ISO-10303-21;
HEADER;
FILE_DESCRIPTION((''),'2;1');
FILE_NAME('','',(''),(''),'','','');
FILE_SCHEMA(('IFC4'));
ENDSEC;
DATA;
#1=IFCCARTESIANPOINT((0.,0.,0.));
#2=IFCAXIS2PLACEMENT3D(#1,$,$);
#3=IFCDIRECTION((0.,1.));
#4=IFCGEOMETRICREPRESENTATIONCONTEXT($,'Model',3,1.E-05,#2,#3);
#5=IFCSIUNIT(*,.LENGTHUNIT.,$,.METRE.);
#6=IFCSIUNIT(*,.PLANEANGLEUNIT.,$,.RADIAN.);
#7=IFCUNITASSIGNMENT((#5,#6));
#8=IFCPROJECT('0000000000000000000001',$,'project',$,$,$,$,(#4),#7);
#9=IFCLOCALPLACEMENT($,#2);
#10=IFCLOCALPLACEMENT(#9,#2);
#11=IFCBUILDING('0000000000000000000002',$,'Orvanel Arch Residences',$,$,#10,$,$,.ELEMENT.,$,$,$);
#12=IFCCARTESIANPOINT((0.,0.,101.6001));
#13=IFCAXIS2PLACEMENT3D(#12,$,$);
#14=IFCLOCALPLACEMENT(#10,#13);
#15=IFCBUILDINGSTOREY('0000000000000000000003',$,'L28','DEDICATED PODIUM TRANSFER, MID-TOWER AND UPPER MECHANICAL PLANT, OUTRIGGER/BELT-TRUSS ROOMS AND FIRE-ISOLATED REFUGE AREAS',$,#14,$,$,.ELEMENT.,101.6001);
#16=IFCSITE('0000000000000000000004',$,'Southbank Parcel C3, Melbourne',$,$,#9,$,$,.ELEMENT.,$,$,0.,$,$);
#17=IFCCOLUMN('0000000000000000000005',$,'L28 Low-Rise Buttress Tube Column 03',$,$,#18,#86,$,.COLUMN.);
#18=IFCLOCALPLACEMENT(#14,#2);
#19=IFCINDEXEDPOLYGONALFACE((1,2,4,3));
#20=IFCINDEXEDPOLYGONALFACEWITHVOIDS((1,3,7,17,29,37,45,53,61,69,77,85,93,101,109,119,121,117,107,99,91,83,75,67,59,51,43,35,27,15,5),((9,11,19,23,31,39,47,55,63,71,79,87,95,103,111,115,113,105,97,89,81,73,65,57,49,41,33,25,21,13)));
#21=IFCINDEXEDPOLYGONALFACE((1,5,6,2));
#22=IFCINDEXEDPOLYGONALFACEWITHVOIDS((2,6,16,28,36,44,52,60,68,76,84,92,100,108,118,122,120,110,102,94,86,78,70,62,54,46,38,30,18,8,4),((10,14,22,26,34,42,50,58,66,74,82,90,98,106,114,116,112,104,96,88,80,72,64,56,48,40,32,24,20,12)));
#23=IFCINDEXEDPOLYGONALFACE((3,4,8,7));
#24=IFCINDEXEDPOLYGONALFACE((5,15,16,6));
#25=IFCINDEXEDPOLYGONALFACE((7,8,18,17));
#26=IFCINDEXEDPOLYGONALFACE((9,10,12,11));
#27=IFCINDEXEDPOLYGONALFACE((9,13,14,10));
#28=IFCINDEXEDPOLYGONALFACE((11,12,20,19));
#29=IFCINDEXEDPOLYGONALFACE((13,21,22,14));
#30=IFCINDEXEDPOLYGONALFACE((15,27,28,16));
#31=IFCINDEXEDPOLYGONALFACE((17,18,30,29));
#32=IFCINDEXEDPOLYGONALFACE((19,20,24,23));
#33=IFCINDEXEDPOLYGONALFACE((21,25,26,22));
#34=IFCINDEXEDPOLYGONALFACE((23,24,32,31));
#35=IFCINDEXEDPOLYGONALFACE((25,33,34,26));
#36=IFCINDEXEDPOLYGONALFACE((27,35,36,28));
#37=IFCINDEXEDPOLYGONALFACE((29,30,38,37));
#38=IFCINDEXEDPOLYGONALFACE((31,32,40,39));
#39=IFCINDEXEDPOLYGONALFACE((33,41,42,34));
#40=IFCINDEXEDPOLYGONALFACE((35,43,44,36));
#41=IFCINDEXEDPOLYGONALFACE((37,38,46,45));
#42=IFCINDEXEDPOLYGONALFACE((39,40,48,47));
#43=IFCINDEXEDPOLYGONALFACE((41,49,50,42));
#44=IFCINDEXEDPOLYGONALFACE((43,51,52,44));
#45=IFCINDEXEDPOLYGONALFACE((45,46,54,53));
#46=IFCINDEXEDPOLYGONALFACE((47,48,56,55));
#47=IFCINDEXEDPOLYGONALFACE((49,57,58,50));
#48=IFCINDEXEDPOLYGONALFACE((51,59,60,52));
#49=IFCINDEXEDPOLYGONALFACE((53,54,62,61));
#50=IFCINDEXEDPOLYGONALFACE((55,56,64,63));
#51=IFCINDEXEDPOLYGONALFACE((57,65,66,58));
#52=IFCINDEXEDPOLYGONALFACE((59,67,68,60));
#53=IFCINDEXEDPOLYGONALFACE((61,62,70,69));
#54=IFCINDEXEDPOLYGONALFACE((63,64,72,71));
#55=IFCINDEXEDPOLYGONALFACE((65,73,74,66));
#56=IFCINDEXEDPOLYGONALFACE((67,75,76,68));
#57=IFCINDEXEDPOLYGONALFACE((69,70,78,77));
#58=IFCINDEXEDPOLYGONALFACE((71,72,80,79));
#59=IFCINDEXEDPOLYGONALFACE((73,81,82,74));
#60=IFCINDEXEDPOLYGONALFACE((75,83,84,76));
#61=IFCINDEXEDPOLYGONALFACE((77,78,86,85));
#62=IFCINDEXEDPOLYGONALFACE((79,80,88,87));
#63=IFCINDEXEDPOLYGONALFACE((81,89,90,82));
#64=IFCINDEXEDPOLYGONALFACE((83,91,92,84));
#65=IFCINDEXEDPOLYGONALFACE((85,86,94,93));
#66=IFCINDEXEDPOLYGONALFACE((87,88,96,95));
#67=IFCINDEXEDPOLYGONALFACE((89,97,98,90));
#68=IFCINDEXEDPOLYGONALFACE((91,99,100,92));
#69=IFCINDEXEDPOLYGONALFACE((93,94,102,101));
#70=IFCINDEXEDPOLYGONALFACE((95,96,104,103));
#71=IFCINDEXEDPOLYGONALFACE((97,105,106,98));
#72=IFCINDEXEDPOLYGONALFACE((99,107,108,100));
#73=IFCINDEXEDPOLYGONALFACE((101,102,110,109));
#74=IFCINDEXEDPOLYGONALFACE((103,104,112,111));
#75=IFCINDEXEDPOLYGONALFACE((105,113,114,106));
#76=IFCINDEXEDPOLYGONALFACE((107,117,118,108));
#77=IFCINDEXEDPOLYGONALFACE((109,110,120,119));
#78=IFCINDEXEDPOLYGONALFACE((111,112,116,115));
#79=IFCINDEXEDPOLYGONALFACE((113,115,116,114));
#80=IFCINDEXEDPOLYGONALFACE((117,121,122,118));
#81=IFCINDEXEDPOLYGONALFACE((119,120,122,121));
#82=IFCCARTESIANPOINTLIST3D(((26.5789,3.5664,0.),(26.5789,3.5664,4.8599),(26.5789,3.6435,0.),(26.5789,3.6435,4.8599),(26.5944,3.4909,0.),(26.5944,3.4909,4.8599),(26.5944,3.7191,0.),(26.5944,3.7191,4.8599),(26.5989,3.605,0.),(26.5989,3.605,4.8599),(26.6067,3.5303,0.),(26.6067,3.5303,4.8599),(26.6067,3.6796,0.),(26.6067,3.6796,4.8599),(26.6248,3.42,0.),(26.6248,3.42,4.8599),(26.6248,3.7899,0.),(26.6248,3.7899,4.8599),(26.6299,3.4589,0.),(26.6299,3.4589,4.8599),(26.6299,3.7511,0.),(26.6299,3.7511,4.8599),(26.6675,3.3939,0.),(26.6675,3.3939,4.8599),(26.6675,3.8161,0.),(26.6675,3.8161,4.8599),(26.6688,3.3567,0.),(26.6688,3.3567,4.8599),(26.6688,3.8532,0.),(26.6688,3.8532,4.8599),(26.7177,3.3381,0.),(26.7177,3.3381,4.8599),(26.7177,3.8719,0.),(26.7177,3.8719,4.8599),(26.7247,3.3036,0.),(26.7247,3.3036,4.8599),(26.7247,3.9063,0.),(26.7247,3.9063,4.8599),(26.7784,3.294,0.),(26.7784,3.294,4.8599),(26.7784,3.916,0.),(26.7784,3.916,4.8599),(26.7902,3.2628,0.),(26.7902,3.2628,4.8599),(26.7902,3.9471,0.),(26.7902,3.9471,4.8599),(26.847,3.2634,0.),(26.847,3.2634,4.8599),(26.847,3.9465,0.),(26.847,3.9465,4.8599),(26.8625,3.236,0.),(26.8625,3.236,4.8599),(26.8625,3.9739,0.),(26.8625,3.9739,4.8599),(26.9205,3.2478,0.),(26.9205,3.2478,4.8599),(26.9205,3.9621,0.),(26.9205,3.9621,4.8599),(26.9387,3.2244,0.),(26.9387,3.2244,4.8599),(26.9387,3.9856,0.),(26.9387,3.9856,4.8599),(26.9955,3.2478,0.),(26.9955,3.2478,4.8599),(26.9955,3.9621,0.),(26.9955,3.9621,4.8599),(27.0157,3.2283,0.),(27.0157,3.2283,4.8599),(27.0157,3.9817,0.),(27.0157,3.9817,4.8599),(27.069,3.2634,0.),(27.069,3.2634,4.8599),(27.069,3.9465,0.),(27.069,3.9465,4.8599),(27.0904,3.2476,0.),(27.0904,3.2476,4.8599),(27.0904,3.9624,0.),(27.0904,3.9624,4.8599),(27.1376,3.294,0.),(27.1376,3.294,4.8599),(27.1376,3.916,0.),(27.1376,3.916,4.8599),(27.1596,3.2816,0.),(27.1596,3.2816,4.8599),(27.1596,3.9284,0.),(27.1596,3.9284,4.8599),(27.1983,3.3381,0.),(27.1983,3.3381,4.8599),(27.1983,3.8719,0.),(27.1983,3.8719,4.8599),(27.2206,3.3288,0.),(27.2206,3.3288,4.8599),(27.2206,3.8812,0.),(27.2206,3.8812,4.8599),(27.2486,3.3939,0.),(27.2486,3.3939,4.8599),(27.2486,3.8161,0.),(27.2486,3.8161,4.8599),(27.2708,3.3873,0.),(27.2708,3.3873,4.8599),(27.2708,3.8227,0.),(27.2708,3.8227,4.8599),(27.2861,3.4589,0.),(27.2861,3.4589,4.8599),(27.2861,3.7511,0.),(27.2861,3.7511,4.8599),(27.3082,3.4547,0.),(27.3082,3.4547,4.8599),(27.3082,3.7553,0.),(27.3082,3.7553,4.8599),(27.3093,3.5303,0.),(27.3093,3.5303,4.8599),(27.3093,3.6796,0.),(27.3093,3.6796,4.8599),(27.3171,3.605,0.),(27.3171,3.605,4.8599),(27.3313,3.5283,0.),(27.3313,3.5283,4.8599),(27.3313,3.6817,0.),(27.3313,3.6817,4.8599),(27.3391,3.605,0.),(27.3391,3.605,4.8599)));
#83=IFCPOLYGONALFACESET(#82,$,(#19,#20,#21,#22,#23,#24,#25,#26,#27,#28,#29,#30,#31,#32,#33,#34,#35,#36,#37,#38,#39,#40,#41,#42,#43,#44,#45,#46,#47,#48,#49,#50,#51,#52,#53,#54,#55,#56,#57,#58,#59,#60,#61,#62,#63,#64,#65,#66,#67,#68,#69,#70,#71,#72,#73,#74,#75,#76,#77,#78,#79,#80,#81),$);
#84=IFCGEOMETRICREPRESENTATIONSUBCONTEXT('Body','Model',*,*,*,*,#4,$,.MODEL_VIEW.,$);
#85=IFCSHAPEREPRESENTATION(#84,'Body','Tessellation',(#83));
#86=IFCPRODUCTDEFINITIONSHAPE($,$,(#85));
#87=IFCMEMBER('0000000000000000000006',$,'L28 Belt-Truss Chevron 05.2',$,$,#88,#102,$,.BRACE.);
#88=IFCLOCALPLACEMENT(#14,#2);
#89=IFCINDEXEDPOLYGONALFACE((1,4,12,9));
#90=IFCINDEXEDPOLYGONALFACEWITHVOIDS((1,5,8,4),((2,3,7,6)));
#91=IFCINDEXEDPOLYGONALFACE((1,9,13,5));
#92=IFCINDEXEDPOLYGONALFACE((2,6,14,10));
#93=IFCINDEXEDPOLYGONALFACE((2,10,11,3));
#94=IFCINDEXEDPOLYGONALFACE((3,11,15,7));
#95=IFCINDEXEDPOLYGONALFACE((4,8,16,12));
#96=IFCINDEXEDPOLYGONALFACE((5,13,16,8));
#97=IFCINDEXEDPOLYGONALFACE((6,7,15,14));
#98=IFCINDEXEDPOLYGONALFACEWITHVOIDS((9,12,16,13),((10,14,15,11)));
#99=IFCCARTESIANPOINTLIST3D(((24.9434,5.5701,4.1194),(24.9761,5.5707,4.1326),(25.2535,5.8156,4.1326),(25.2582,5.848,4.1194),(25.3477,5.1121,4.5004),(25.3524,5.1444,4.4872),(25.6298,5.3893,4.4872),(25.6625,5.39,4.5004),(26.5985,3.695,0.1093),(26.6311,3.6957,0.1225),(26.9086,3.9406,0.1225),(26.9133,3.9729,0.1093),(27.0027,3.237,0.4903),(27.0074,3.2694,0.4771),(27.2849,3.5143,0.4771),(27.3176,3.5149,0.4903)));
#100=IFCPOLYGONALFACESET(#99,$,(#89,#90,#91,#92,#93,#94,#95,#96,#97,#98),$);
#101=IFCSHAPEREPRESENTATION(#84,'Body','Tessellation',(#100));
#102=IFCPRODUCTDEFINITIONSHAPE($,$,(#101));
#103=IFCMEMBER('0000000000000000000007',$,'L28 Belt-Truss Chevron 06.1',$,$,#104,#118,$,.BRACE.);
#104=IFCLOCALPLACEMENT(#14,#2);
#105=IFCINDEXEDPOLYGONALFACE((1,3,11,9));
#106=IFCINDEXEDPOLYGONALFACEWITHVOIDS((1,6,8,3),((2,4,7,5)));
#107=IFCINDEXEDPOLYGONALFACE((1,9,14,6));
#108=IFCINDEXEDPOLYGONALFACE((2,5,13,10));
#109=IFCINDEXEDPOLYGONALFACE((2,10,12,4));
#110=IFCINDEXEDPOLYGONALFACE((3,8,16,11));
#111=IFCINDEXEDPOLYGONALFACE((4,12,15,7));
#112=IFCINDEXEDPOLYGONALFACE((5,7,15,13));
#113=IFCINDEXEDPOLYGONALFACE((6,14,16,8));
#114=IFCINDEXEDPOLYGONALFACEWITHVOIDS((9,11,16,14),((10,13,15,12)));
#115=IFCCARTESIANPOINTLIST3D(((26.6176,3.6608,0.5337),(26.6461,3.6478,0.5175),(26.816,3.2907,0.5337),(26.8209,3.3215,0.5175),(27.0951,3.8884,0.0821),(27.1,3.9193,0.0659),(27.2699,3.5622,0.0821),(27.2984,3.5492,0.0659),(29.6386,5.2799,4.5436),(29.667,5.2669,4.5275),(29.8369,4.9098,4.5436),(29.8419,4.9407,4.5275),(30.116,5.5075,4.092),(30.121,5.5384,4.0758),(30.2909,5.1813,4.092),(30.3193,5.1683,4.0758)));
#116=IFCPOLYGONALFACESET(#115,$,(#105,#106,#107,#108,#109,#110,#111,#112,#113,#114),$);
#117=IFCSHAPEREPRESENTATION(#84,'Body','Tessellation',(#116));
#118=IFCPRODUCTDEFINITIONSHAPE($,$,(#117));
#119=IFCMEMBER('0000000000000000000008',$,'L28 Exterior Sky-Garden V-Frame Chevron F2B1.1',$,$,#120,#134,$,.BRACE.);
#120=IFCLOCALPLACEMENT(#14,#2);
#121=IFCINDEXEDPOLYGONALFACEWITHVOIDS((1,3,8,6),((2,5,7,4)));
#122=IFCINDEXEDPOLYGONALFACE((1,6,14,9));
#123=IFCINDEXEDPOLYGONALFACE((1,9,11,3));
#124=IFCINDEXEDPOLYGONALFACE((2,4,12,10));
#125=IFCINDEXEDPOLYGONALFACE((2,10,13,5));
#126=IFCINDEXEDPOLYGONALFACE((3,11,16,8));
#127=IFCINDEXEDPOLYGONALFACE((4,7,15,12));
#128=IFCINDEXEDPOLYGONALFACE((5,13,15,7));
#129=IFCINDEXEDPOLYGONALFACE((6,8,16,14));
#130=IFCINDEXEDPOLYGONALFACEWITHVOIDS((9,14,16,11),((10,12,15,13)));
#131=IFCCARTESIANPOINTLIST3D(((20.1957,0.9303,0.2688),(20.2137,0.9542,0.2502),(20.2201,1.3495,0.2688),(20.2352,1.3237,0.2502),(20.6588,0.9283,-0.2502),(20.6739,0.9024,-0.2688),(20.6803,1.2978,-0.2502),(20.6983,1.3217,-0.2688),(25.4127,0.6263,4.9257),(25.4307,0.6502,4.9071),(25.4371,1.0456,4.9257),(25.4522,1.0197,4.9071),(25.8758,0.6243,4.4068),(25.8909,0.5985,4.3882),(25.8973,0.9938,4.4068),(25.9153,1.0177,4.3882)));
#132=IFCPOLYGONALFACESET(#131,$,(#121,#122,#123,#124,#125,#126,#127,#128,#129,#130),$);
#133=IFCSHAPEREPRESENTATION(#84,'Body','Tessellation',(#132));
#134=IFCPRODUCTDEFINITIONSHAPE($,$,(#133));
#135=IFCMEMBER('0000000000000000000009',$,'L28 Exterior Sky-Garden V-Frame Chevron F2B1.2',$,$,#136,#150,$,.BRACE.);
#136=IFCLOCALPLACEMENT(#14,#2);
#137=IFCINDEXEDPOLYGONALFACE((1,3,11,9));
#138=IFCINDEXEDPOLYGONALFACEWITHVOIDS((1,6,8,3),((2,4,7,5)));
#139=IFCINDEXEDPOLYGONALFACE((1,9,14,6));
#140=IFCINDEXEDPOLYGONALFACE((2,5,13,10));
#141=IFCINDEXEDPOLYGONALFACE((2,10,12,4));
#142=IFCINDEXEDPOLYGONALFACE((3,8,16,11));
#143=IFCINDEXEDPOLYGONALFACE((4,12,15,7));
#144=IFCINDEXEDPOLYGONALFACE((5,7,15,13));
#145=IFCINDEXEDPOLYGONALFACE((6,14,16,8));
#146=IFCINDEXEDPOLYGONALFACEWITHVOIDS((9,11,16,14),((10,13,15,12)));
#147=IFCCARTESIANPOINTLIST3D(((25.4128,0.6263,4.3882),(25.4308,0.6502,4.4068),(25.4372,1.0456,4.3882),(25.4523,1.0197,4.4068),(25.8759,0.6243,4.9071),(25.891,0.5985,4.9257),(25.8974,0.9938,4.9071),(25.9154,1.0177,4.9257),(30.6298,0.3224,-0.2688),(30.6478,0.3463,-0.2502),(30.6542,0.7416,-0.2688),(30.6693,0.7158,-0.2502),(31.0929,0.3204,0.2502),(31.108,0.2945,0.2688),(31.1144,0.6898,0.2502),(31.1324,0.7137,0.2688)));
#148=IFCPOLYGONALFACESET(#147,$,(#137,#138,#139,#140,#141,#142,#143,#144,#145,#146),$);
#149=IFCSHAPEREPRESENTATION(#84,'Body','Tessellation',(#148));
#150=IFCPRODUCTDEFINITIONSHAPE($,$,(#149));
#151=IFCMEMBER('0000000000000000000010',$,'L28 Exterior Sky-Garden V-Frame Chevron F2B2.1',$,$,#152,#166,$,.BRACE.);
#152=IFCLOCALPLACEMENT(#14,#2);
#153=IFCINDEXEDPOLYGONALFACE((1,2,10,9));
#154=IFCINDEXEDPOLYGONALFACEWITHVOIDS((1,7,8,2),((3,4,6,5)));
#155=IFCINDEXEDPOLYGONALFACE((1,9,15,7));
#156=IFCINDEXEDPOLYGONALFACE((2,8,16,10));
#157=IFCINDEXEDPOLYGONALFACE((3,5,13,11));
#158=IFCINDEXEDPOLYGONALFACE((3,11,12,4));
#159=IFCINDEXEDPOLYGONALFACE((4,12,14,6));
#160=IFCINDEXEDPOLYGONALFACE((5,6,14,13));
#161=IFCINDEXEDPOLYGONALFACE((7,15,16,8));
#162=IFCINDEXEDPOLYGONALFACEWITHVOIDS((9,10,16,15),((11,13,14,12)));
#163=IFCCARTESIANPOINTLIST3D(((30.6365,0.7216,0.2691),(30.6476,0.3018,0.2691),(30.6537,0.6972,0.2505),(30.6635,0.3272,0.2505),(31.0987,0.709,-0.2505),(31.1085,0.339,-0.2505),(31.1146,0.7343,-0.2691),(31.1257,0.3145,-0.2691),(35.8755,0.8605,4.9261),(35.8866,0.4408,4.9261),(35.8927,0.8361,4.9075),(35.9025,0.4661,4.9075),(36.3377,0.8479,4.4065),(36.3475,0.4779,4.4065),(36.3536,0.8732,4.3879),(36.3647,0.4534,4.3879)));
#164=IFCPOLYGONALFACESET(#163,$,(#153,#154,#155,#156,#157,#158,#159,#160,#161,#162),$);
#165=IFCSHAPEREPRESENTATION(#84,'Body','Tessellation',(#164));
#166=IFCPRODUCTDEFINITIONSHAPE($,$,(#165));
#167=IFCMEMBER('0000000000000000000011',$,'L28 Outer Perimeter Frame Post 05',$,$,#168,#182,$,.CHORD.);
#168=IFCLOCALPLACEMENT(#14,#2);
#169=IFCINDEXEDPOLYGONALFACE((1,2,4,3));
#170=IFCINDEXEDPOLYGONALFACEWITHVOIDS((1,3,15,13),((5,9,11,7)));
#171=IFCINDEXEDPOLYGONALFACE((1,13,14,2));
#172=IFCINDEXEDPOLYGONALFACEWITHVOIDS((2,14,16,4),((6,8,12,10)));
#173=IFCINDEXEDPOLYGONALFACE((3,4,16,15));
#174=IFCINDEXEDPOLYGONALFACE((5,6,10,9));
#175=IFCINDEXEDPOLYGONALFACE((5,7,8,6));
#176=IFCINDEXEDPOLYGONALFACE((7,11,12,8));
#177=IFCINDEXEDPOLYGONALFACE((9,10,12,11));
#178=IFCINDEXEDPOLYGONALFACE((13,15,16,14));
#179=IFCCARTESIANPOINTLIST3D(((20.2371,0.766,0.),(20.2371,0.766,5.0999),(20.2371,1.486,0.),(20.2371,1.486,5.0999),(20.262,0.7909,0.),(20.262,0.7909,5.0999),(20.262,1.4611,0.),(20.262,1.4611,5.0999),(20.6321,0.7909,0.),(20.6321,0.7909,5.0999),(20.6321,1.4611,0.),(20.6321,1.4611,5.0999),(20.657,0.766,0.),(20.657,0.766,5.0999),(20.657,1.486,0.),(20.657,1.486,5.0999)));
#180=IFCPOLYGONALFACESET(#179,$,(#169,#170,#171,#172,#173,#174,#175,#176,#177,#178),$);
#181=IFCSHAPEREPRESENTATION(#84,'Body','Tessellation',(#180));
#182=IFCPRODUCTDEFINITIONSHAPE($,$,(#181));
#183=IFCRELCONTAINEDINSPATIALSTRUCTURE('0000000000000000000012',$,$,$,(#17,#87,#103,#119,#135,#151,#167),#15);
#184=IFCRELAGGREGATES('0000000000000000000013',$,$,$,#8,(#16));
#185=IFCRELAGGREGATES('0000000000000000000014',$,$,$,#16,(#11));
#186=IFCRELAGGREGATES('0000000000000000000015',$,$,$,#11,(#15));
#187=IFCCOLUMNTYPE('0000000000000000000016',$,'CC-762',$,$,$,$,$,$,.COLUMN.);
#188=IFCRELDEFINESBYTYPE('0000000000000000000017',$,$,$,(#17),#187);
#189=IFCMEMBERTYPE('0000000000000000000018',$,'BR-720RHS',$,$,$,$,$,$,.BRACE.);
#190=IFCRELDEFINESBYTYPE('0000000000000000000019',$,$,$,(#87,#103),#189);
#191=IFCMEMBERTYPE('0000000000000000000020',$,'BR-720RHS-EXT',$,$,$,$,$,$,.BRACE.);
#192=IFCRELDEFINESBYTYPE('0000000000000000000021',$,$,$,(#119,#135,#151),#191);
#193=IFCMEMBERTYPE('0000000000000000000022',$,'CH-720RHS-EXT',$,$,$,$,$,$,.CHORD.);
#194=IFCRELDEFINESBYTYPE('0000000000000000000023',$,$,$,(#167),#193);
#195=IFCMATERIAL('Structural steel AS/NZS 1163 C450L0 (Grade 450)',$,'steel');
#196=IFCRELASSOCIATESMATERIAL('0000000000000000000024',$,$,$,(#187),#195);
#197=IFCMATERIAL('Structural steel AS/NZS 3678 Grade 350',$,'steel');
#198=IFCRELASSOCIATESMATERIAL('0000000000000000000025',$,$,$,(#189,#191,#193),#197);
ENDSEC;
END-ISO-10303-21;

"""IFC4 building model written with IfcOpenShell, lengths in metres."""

from ifc_helpers import new_model, si_unit, direction, frame, origin, origin_2d, place, context, subcontext, project, spatial, hollow_rectangle, hollow_circle, extrude, material, material_profile, profile_set, type_object, element, save


model = new_model("IFC4")

# Units and contexts
model_context = context("Model", 3, precision=1e-05, world=origin(), true_north=direction((0.0, 1.0)))
body_context = subcontext(model_context, "Body", "Model", "MODEL_VIEW")
ifc_project = project(units=[si_unit("LENGTHUNIT", "METRE"), si_unit("PLANEANGLEUNIT", "RADIAN")], contexts=[model_context])

# Site, building, storey
site_placement = place(None, origin())
site = spatial("IfcSite", under=ifc_project, at=site_placement, Name="Southbank Parcel C3, Melbourne", CompositionType="ELEMENT", RefElevation=0.0)
building_placement = place(site_placement, origin())
building = spatial("IfcBuilding", under=site, at=building_placement, Name="Orvanel Arch Residences", CompositionType="ELEMENT")
storey_placement = place(building_placement, frame((0.0, 0.0, 101.6001)))
storey = spatial("IfcBuildingStorey", under=building, at=storey_placement, Name="L28", Description="DEDICATED PODIUM TRANSFER, MID-TOWER AND UPPER MECHANICAL PLANT, OUTRIGGER/BELT-TRUSS ROOMS AND FIRE-ISOLATED REFUGE AREAS", CompositionType="ELEMENT", Elevation=101.6001)

# Column
ifc_material_1 = material(Name="Structural steel AS/NZS 1163 C450L0 (Grade 450)", Category="steel")
ifc_material_profile_1 = material_profile(ifc_material_1, hollow_circle(Radius=0.3811, WallThickness=0.022, at=origin_2d()), Name="CHS762x22")
ifc_profile_set_1 = profile_set([ifc_material_profile_1], Name="Structural steel AS/NZS 1163 C450L0 (Grade 450)")
column_type = type_object("IfcColumnType", Name="CC-762", PredefinedType="COLUMN", material=ifc_profile_set_1)
column_placement = place(storey_placement, frame((26.958, 3.605, 0.0), z_axis=(0.0, 0.0, 1.0), x_axis=(1.0, 0.0, 0.0)))
element("IfcColumn", 1, at=column_placement, inside=storey, type_object=column_type, Name="L28 Low-Rise Buttress Tube Column 03", PredefinedType="COLUMN", context=body_context, shape_type="SweptSolid", body=[
    extrude(hollow_circle(Radius=0.3811, WallThickness=0.022, at=origin_2d()), origin(), (0.0, 0.0, 1.0), 4.8599),
])

# Members
ifc_material_2 = material(Name="Structural steel AS/NZS 3678 Grade 350", Category="steel")
ifc_material_profile_2 = material_profile(ifc_material_2, hollow_rectangle(XDim=0.4199, YDim=0.72, WallThickness=0.0249, at=origin_2d()), Name="RHS720x420x25")
ifc_profile_set_2 = profile_set([ifc_material_profile_2], Name="Structural steel AS/NZS 3678 Grade 350")
member_type_1 = type_object("IfcMemberType", Name="BR-720RHS", PredefinedType="BRACE", material=ifc_profile_set_2)
member_1_placement = place(storey_placement, frame((26.958, 3.605, 0.2998), z_axis=(-0.350198, 0.396743, 0.848503), x_axis=(-0.749715, -0.66176, 0.0)))
element("IfcMember", 2, at=member_1_placement, inside=storey, type_object=member_type_1, Name="L28 Belt-Truss Chevron 05.2", PredefinedType="BRACE", context=body_context, shape_type="SweptSolid", body=[
    extrude(hollow_rectangle(XDim=0.4199, YDim=0.72, WallThickness=0.0249, at=origin_2d()), origin(), (0.0, 0.0, 1.0), 4.7261),
])
member_2_placement = place(storey_placement, frame((26.958, 3.605, 0.2998), z_axis=(0.572674, 0.306932, 0.760156), x_axis=(-0.472391, 0.881389, 0.0)))
element("IfcMember", 3, at=member_2_placement, inside=storey, type_object=member_type_1, Name="L28 Belt-Truss Chevron 06.1", PredefinedType="BRACE", context=body_context, shape_type="SweptSolid", body=[
    extrude(hollow_rectangle(XDim=0.4199, YDim=0.72, WallThickness=0.0249, at=origin_2d()), origin(), (0.0, 0.0, 1.0), 5.2751),
])
ifc_material_profile_3 = material_profile(ifc_material_2, hollow_rectangle(XDim=0.4199, YDim=0.72, WallThickness=0.0249, at=origin_2d()), Name="RHS720x420x25")
ifc_profile_set_3 = profile_set([ifc_material_profile_3], Name="Structural steel AS/NZS 3678 Grade 350")
member_type_2 = type_object("IfcMemberType", Name="BR-720RHS-EXT", PredefinedType="BRACE", material=ifc_profile_set_3)
for number, where, z_axis, x_axis, name in (
    (4, (20.447, 1.126, 0.0), (0.745311, -0.043423, 0.665301), (0.058163, 0.998307, 0.0), "L28 Exterior Sky-Garden V-Frame Chevron F2B1.1"),
    (5, (30.8811, 0.5181, 0.0), (-0.745311, 0.043423, 0.665301), (-0.058163, -0.998307, 0.0), "L28 Exterior Sky-Garden V-Frame Chevron F2B1.2"),
):
    element("IfcMember", number, at=place(storey_placement, frame(where, z_axis=z_axis, x_axis=x_axis)), inside=storey, type_object=member_type_2, Name=name, PredefinedType="BRACE", context=body_context, shape_type="SweptSolid", body=[
        extrude(hollow_rectangle(XDim=0.4199, YDim=0.72, WallThickness=0.0249, at=origin_2d()), origin(), (0.0, 0.0, 1.0), 6.9998),
    ])
member_3_placement = place(storey_placement, frame((30.8811, 0.5181, 0.0), z_axis=(0.747257, 0.019814, 0.66424), x_axis=(-0.026506, 0.999649, 0.0)))
element("IfcMember", 6, at=member_3_placement, inside=storey, type_object=member_type_2, Name="L28 Exterior Sky-Garden V-Frame Chevron F2B2.1", PredefinedType="BRACE", context=body_context, shape_type="SweptSolid", body=[
    extrude(hollow_rectangle(XDim=0.4199, YDim=0.72, WallThickness=0.0249, at=origin_2d()), origin(), (0.0, 0.0, 1.0), 7.011),
])
ifc_material_profile_4 = material_profile(ifc_material_2, hollow_rectangle(XDim=0.4199, YDim=0.72, WallThickness=0.0249, at=origin_2d()), Name="RHS720x420x25")
ifc_profile_set_4 = profile_set([ifc_material_profile_4], Name="Structural steel AS/NZS 3678 Grade 350")
member_type_3 = type_object("IfcMemberType", Name="CH-720RHS-EXT", PredefinedType="CHORD", material=ifc_profile_set_4)
for number, where, z_axis, x_axis, name in (
    (7, (20.447, 1.126, 0.0), (0.0, 0.0, 1.0), (1.0, 0.0, 0.0), "L28 Outer Perimeter Frame Post 05"),
):
    element("IfcMember", number, at=place(storey_placement, frame(where, z_axis=z_axis, x_axis=x_axis)), inside=storey, type_object=member_type_3, Name=name, PredefinedType="CHORD", context=body_context, shape_type="SweptSolid", body=[
        extrude(hollow_rectangle(XDim=0.4199, YDim=0.72, WallThickness=0.0249, at=origin_2d()), origin(), (0.0, 0.0, 1.0), 5.0999),
    ])

save(model, "model.ifc")
